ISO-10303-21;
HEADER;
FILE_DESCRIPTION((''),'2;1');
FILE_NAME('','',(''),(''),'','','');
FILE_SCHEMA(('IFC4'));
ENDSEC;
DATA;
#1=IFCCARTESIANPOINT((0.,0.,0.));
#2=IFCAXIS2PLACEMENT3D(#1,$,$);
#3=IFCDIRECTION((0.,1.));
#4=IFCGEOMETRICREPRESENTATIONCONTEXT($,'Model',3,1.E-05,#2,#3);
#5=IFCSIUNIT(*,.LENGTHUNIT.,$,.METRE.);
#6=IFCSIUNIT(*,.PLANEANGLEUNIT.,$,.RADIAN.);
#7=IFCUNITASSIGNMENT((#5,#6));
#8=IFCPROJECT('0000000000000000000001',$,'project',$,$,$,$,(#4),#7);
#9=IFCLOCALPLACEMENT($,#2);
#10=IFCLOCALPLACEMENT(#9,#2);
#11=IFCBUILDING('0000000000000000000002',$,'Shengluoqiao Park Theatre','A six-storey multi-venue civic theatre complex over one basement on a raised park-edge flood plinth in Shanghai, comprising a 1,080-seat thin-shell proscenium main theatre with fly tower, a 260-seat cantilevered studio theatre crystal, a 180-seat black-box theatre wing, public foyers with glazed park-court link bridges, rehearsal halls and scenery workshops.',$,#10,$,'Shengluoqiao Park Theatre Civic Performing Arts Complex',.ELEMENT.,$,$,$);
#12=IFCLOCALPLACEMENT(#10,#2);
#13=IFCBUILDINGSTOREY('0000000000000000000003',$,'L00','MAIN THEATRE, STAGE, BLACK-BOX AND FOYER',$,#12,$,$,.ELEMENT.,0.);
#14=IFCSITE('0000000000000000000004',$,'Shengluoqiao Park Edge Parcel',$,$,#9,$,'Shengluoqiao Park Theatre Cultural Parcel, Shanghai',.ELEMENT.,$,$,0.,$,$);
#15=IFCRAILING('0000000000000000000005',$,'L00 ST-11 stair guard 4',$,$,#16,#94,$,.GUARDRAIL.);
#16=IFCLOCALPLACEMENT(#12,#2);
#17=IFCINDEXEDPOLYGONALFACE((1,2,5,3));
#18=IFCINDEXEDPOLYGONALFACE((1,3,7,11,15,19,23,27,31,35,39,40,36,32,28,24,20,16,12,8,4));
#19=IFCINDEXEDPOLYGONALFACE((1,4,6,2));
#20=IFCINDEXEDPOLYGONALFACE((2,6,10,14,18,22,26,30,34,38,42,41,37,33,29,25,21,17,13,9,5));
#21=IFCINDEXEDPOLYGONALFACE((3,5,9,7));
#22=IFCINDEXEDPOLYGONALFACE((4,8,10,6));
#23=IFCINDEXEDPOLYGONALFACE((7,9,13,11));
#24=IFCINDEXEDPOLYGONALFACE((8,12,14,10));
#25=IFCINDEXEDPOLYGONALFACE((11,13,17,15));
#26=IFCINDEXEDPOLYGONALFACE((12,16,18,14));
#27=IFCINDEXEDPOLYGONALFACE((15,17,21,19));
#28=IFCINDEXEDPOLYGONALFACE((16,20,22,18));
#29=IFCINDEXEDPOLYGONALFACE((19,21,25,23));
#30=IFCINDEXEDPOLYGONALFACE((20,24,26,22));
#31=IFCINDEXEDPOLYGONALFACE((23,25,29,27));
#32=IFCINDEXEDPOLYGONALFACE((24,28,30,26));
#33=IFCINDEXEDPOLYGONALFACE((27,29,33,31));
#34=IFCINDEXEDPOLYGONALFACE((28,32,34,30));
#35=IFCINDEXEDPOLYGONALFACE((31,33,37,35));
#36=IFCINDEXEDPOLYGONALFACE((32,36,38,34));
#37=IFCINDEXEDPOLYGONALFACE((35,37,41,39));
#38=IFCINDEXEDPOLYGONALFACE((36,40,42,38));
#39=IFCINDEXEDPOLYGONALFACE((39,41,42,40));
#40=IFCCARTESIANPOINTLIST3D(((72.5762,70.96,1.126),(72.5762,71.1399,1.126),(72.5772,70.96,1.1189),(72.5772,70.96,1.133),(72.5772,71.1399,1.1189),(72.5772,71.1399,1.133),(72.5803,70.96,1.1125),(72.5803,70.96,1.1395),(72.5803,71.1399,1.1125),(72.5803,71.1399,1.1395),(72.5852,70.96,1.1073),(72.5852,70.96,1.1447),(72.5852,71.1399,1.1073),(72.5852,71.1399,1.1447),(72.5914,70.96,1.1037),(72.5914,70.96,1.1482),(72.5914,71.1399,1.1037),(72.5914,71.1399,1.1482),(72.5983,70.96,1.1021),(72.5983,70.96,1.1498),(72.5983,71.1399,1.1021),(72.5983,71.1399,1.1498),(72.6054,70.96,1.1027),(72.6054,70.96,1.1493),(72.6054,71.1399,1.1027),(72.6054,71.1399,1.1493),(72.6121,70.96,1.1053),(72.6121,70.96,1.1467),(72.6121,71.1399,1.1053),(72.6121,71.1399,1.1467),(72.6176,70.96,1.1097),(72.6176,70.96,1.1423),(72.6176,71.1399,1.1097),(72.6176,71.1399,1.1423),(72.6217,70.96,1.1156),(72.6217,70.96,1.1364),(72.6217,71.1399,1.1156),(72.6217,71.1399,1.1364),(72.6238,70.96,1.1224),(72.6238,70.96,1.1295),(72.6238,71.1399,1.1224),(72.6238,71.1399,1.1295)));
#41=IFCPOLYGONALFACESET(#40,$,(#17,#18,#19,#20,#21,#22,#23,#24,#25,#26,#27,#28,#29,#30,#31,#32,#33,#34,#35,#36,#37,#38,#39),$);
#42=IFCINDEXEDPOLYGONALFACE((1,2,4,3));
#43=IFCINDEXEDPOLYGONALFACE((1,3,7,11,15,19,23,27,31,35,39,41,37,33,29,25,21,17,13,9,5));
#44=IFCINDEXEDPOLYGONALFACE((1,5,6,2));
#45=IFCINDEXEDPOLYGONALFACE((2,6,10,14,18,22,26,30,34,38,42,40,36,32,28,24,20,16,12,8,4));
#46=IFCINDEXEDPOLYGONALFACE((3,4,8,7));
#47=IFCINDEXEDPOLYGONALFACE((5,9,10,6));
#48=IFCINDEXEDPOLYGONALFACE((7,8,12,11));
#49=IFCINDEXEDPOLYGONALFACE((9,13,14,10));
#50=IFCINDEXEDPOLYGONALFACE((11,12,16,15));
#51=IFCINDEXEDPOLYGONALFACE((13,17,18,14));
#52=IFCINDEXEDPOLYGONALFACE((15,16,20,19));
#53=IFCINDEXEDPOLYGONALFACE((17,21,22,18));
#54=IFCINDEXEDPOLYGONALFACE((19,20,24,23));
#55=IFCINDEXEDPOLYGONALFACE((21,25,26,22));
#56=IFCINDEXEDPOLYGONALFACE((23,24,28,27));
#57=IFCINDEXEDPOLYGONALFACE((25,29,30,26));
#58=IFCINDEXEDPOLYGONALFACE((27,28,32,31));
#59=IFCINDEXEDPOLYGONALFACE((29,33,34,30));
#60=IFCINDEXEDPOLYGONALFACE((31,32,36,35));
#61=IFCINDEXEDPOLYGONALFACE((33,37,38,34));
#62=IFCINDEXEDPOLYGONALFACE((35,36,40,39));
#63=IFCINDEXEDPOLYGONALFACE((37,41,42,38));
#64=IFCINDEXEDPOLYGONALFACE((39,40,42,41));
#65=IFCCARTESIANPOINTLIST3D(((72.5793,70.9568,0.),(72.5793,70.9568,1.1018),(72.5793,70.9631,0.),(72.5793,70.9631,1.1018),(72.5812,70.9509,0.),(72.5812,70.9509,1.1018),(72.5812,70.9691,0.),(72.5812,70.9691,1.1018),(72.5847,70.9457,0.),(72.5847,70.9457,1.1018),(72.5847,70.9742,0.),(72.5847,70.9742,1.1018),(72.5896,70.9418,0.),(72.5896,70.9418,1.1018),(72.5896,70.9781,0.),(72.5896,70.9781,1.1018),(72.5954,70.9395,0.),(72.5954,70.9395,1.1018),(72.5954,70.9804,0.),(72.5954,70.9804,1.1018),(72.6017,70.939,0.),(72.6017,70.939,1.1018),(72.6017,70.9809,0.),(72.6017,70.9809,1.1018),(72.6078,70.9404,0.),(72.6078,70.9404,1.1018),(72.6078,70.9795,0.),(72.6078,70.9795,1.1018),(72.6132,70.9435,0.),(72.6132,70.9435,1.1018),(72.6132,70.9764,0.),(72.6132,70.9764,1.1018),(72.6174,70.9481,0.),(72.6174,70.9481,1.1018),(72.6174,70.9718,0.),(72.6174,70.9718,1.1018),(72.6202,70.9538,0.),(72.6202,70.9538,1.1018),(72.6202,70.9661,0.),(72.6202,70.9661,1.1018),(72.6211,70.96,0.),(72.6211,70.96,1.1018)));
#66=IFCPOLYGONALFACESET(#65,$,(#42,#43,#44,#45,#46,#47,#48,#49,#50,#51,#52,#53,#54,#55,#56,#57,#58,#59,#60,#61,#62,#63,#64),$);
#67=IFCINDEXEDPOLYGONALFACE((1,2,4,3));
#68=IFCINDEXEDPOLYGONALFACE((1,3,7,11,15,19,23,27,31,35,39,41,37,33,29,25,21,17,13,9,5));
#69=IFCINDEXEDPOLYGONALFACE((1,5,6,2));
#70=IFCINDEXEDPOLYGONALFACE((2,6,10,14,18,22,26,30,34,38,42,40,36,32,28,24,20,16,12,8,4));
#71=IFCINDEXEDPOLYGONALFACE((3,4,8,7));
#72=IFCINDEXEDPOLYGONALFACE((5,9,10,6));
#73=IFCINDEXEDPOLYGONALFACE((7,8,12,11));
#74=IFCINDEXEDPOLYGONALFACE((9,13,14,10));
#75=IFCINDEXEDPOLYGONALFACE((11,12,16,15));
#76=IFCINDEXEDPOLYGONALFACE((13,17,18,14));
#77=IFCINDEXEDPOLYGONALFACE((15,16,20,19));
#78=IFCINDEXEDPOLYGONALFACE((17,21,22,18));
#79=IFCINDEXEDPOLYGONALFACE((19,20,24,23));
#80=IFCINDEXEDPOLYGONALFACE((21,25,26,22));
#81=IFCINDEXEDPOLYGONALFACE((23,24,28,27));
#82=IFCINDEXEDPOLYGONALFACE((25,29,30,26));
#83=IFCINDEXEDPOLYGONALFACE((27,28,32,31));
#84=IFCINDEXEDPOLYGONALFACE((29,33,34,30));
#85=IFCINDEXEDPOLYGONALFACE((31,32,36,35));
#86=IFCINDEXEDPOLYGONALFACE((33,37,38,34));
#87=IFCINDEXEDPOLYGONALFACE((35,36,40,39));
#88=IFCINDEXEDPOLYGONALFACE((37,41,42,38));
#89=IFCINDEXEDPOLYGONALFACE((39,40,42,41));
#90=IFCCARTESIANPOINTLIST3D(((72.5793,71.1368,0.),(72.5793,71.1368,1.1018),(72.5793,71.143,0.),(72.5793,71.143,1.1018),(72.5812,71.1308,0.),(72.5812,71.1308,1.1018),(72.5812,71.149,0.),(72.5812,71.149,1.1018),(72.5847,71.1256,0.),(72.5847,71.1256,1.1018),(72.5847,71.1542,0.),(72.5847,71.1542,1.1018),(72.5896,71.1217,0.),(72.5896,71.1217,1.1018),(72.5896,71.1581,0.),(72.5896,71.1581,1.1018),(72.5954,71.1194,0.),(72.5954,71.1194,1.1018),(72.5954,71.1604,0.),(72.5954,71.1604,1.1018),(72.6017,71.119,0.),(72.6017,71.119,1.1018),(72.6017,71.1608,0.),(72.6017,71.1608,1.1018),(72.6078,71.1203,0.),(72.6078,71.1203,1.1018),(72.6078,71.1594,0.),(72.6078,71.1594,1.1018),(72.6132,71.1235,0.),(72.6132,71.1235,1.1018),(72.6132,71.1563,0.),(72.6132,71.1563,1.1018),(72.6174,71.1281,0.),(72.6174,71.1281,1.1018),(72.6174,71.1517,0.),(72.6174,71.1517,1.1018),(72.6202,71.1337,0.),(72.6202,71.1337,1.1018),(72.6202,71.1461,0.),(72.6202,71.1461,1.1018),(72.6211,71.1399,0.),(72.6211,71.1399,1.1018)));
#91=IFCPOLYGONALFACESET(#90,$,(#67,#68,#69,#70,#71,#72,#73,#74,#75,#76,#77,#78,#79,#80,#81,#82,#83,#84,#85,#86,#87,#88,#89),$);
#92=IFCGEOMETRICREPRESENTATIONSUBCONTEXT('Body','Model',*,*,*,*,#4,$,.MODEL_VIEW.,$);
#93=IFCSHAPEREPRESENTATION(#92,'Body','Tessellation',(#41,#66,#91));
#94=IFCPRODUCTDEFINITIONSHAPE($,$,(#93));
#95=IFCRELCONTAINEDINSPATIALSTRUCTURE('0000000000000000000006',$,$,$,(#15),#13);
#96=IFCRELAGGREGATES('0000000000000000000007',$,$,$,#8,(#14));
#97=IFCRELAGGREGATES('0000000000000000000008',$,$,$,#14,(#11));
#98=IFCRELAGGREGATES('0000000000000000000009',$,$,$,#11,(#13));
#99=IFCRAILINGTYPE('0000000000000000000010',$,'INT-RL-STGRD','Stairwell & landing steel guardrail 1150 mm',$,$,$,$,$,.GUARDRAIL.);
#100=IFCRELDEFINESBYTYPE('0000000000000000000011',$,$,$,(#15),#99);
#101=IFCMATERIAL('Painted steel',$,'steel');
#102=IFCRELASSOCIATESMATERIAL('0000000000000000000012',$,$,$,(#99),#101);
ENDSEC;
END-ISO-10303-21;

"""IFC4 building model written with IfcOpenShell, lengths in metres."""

from ifc_helpers import new_model, si_unit, direction, frame, origin, origin_2d, place, context, subcontext, project, spatial, circle, extrude, material, type_object, element, save


model = new_model("IFC4")

# Units and contexts
model_context = context("Model", 3, precision=1e-05, world=origin(), true_north=direction((0.0, 1.0)))
body_context = subcontext(model_context, "Body", "Model", "MODEL_VIEW")
ifc_project = project(units=[si_unit("LENGTHUNIT", "METRE"), si_unit("PLANEANGLEUNIT", "RADIAN")], contexts=[model_context])

# Site, building, storey
site_placement = place(None, origin())
site = spatial("IfcSite", under=ifc_project, at=site_placement, Name="Shengluoqiao Park Edge Parcel", LongName="Shengluoqiao Park Theatre Cultural Parcel, Shanghai", CompositionType="ELEMENT", RefElevation=0.0)
building_placement = place(site_placement, origin())
building = spatial("IfcBuilding", under=site, at=building_placement, Name="Shengluoqiao Park Theatre", Description="A six-storey multi-venue civic theatre complex over one basement on a raised park-edge flood plinth in Shanghai, comprising a 1,080-seat thin-shell proscenium main theatre with fly tower, a 260-seat cantilevered studio theatre crystal, a 180-seat black-box theatre wing, public foyers with glazed park-court link bridges, rehearsal halls and scenery workshops.", LongName="Shengluoqiao Park Theatre Civic Performing Arts Complex", CompositionType="ELEMENT")
storey_placement = place(building_placement, origin())
storey = spatial("IfcBuildingStorey", under=building, at=storey_placement, Name="L00", Description="MAIN THEATRE, STAGE, BLACK-BOX AND FOYER", CompositionType="ELEMENT", Elevation=0.0)

# Railing
ifc_material_1 = material(Name="Painted steel", Category="steel")
railing_type_1 = type_object("IfcRailingType", Name="INT-RL-STGRD", Description="Stairwell & landing steel guardrail 1150 mm", PredefinedType="GUARDRAIL", material=ifc_material_1)
railing_1_placement = place(storey_placement, frame((72.6001, 70.96, 0.0)))
element("IfcRailing", 1, at=railing_1_placement, inside=storey, type_object=railing_type_1, Name="L00 ST-11 stair guard 4", PredefinedType="GUARDRAIL", context=body_context, shape_type="SweptSolid", body=[
    extrude(circle(Radius=0.0239, at=origin_2d()), frame((0.0, 0.0, 1.126), z_axis=(0.0, 1.0, 0.0), x_axis=(-1.0, 0.0, 0.0)), (0.0, 0.0, 1.0), 0.1799),
    extrude(circle(Radius=0.021, at=origin_2d()), origin(), (0.0, 0.0, 1.0), 1.1018),
    extrude(circle(Radius=0.021, at=origin_2d()), frame((0.0, 0.1799, 0.0)), (0.0, 0.0, 1.0), 1.1018),
])

save(model, "model.ifc")
